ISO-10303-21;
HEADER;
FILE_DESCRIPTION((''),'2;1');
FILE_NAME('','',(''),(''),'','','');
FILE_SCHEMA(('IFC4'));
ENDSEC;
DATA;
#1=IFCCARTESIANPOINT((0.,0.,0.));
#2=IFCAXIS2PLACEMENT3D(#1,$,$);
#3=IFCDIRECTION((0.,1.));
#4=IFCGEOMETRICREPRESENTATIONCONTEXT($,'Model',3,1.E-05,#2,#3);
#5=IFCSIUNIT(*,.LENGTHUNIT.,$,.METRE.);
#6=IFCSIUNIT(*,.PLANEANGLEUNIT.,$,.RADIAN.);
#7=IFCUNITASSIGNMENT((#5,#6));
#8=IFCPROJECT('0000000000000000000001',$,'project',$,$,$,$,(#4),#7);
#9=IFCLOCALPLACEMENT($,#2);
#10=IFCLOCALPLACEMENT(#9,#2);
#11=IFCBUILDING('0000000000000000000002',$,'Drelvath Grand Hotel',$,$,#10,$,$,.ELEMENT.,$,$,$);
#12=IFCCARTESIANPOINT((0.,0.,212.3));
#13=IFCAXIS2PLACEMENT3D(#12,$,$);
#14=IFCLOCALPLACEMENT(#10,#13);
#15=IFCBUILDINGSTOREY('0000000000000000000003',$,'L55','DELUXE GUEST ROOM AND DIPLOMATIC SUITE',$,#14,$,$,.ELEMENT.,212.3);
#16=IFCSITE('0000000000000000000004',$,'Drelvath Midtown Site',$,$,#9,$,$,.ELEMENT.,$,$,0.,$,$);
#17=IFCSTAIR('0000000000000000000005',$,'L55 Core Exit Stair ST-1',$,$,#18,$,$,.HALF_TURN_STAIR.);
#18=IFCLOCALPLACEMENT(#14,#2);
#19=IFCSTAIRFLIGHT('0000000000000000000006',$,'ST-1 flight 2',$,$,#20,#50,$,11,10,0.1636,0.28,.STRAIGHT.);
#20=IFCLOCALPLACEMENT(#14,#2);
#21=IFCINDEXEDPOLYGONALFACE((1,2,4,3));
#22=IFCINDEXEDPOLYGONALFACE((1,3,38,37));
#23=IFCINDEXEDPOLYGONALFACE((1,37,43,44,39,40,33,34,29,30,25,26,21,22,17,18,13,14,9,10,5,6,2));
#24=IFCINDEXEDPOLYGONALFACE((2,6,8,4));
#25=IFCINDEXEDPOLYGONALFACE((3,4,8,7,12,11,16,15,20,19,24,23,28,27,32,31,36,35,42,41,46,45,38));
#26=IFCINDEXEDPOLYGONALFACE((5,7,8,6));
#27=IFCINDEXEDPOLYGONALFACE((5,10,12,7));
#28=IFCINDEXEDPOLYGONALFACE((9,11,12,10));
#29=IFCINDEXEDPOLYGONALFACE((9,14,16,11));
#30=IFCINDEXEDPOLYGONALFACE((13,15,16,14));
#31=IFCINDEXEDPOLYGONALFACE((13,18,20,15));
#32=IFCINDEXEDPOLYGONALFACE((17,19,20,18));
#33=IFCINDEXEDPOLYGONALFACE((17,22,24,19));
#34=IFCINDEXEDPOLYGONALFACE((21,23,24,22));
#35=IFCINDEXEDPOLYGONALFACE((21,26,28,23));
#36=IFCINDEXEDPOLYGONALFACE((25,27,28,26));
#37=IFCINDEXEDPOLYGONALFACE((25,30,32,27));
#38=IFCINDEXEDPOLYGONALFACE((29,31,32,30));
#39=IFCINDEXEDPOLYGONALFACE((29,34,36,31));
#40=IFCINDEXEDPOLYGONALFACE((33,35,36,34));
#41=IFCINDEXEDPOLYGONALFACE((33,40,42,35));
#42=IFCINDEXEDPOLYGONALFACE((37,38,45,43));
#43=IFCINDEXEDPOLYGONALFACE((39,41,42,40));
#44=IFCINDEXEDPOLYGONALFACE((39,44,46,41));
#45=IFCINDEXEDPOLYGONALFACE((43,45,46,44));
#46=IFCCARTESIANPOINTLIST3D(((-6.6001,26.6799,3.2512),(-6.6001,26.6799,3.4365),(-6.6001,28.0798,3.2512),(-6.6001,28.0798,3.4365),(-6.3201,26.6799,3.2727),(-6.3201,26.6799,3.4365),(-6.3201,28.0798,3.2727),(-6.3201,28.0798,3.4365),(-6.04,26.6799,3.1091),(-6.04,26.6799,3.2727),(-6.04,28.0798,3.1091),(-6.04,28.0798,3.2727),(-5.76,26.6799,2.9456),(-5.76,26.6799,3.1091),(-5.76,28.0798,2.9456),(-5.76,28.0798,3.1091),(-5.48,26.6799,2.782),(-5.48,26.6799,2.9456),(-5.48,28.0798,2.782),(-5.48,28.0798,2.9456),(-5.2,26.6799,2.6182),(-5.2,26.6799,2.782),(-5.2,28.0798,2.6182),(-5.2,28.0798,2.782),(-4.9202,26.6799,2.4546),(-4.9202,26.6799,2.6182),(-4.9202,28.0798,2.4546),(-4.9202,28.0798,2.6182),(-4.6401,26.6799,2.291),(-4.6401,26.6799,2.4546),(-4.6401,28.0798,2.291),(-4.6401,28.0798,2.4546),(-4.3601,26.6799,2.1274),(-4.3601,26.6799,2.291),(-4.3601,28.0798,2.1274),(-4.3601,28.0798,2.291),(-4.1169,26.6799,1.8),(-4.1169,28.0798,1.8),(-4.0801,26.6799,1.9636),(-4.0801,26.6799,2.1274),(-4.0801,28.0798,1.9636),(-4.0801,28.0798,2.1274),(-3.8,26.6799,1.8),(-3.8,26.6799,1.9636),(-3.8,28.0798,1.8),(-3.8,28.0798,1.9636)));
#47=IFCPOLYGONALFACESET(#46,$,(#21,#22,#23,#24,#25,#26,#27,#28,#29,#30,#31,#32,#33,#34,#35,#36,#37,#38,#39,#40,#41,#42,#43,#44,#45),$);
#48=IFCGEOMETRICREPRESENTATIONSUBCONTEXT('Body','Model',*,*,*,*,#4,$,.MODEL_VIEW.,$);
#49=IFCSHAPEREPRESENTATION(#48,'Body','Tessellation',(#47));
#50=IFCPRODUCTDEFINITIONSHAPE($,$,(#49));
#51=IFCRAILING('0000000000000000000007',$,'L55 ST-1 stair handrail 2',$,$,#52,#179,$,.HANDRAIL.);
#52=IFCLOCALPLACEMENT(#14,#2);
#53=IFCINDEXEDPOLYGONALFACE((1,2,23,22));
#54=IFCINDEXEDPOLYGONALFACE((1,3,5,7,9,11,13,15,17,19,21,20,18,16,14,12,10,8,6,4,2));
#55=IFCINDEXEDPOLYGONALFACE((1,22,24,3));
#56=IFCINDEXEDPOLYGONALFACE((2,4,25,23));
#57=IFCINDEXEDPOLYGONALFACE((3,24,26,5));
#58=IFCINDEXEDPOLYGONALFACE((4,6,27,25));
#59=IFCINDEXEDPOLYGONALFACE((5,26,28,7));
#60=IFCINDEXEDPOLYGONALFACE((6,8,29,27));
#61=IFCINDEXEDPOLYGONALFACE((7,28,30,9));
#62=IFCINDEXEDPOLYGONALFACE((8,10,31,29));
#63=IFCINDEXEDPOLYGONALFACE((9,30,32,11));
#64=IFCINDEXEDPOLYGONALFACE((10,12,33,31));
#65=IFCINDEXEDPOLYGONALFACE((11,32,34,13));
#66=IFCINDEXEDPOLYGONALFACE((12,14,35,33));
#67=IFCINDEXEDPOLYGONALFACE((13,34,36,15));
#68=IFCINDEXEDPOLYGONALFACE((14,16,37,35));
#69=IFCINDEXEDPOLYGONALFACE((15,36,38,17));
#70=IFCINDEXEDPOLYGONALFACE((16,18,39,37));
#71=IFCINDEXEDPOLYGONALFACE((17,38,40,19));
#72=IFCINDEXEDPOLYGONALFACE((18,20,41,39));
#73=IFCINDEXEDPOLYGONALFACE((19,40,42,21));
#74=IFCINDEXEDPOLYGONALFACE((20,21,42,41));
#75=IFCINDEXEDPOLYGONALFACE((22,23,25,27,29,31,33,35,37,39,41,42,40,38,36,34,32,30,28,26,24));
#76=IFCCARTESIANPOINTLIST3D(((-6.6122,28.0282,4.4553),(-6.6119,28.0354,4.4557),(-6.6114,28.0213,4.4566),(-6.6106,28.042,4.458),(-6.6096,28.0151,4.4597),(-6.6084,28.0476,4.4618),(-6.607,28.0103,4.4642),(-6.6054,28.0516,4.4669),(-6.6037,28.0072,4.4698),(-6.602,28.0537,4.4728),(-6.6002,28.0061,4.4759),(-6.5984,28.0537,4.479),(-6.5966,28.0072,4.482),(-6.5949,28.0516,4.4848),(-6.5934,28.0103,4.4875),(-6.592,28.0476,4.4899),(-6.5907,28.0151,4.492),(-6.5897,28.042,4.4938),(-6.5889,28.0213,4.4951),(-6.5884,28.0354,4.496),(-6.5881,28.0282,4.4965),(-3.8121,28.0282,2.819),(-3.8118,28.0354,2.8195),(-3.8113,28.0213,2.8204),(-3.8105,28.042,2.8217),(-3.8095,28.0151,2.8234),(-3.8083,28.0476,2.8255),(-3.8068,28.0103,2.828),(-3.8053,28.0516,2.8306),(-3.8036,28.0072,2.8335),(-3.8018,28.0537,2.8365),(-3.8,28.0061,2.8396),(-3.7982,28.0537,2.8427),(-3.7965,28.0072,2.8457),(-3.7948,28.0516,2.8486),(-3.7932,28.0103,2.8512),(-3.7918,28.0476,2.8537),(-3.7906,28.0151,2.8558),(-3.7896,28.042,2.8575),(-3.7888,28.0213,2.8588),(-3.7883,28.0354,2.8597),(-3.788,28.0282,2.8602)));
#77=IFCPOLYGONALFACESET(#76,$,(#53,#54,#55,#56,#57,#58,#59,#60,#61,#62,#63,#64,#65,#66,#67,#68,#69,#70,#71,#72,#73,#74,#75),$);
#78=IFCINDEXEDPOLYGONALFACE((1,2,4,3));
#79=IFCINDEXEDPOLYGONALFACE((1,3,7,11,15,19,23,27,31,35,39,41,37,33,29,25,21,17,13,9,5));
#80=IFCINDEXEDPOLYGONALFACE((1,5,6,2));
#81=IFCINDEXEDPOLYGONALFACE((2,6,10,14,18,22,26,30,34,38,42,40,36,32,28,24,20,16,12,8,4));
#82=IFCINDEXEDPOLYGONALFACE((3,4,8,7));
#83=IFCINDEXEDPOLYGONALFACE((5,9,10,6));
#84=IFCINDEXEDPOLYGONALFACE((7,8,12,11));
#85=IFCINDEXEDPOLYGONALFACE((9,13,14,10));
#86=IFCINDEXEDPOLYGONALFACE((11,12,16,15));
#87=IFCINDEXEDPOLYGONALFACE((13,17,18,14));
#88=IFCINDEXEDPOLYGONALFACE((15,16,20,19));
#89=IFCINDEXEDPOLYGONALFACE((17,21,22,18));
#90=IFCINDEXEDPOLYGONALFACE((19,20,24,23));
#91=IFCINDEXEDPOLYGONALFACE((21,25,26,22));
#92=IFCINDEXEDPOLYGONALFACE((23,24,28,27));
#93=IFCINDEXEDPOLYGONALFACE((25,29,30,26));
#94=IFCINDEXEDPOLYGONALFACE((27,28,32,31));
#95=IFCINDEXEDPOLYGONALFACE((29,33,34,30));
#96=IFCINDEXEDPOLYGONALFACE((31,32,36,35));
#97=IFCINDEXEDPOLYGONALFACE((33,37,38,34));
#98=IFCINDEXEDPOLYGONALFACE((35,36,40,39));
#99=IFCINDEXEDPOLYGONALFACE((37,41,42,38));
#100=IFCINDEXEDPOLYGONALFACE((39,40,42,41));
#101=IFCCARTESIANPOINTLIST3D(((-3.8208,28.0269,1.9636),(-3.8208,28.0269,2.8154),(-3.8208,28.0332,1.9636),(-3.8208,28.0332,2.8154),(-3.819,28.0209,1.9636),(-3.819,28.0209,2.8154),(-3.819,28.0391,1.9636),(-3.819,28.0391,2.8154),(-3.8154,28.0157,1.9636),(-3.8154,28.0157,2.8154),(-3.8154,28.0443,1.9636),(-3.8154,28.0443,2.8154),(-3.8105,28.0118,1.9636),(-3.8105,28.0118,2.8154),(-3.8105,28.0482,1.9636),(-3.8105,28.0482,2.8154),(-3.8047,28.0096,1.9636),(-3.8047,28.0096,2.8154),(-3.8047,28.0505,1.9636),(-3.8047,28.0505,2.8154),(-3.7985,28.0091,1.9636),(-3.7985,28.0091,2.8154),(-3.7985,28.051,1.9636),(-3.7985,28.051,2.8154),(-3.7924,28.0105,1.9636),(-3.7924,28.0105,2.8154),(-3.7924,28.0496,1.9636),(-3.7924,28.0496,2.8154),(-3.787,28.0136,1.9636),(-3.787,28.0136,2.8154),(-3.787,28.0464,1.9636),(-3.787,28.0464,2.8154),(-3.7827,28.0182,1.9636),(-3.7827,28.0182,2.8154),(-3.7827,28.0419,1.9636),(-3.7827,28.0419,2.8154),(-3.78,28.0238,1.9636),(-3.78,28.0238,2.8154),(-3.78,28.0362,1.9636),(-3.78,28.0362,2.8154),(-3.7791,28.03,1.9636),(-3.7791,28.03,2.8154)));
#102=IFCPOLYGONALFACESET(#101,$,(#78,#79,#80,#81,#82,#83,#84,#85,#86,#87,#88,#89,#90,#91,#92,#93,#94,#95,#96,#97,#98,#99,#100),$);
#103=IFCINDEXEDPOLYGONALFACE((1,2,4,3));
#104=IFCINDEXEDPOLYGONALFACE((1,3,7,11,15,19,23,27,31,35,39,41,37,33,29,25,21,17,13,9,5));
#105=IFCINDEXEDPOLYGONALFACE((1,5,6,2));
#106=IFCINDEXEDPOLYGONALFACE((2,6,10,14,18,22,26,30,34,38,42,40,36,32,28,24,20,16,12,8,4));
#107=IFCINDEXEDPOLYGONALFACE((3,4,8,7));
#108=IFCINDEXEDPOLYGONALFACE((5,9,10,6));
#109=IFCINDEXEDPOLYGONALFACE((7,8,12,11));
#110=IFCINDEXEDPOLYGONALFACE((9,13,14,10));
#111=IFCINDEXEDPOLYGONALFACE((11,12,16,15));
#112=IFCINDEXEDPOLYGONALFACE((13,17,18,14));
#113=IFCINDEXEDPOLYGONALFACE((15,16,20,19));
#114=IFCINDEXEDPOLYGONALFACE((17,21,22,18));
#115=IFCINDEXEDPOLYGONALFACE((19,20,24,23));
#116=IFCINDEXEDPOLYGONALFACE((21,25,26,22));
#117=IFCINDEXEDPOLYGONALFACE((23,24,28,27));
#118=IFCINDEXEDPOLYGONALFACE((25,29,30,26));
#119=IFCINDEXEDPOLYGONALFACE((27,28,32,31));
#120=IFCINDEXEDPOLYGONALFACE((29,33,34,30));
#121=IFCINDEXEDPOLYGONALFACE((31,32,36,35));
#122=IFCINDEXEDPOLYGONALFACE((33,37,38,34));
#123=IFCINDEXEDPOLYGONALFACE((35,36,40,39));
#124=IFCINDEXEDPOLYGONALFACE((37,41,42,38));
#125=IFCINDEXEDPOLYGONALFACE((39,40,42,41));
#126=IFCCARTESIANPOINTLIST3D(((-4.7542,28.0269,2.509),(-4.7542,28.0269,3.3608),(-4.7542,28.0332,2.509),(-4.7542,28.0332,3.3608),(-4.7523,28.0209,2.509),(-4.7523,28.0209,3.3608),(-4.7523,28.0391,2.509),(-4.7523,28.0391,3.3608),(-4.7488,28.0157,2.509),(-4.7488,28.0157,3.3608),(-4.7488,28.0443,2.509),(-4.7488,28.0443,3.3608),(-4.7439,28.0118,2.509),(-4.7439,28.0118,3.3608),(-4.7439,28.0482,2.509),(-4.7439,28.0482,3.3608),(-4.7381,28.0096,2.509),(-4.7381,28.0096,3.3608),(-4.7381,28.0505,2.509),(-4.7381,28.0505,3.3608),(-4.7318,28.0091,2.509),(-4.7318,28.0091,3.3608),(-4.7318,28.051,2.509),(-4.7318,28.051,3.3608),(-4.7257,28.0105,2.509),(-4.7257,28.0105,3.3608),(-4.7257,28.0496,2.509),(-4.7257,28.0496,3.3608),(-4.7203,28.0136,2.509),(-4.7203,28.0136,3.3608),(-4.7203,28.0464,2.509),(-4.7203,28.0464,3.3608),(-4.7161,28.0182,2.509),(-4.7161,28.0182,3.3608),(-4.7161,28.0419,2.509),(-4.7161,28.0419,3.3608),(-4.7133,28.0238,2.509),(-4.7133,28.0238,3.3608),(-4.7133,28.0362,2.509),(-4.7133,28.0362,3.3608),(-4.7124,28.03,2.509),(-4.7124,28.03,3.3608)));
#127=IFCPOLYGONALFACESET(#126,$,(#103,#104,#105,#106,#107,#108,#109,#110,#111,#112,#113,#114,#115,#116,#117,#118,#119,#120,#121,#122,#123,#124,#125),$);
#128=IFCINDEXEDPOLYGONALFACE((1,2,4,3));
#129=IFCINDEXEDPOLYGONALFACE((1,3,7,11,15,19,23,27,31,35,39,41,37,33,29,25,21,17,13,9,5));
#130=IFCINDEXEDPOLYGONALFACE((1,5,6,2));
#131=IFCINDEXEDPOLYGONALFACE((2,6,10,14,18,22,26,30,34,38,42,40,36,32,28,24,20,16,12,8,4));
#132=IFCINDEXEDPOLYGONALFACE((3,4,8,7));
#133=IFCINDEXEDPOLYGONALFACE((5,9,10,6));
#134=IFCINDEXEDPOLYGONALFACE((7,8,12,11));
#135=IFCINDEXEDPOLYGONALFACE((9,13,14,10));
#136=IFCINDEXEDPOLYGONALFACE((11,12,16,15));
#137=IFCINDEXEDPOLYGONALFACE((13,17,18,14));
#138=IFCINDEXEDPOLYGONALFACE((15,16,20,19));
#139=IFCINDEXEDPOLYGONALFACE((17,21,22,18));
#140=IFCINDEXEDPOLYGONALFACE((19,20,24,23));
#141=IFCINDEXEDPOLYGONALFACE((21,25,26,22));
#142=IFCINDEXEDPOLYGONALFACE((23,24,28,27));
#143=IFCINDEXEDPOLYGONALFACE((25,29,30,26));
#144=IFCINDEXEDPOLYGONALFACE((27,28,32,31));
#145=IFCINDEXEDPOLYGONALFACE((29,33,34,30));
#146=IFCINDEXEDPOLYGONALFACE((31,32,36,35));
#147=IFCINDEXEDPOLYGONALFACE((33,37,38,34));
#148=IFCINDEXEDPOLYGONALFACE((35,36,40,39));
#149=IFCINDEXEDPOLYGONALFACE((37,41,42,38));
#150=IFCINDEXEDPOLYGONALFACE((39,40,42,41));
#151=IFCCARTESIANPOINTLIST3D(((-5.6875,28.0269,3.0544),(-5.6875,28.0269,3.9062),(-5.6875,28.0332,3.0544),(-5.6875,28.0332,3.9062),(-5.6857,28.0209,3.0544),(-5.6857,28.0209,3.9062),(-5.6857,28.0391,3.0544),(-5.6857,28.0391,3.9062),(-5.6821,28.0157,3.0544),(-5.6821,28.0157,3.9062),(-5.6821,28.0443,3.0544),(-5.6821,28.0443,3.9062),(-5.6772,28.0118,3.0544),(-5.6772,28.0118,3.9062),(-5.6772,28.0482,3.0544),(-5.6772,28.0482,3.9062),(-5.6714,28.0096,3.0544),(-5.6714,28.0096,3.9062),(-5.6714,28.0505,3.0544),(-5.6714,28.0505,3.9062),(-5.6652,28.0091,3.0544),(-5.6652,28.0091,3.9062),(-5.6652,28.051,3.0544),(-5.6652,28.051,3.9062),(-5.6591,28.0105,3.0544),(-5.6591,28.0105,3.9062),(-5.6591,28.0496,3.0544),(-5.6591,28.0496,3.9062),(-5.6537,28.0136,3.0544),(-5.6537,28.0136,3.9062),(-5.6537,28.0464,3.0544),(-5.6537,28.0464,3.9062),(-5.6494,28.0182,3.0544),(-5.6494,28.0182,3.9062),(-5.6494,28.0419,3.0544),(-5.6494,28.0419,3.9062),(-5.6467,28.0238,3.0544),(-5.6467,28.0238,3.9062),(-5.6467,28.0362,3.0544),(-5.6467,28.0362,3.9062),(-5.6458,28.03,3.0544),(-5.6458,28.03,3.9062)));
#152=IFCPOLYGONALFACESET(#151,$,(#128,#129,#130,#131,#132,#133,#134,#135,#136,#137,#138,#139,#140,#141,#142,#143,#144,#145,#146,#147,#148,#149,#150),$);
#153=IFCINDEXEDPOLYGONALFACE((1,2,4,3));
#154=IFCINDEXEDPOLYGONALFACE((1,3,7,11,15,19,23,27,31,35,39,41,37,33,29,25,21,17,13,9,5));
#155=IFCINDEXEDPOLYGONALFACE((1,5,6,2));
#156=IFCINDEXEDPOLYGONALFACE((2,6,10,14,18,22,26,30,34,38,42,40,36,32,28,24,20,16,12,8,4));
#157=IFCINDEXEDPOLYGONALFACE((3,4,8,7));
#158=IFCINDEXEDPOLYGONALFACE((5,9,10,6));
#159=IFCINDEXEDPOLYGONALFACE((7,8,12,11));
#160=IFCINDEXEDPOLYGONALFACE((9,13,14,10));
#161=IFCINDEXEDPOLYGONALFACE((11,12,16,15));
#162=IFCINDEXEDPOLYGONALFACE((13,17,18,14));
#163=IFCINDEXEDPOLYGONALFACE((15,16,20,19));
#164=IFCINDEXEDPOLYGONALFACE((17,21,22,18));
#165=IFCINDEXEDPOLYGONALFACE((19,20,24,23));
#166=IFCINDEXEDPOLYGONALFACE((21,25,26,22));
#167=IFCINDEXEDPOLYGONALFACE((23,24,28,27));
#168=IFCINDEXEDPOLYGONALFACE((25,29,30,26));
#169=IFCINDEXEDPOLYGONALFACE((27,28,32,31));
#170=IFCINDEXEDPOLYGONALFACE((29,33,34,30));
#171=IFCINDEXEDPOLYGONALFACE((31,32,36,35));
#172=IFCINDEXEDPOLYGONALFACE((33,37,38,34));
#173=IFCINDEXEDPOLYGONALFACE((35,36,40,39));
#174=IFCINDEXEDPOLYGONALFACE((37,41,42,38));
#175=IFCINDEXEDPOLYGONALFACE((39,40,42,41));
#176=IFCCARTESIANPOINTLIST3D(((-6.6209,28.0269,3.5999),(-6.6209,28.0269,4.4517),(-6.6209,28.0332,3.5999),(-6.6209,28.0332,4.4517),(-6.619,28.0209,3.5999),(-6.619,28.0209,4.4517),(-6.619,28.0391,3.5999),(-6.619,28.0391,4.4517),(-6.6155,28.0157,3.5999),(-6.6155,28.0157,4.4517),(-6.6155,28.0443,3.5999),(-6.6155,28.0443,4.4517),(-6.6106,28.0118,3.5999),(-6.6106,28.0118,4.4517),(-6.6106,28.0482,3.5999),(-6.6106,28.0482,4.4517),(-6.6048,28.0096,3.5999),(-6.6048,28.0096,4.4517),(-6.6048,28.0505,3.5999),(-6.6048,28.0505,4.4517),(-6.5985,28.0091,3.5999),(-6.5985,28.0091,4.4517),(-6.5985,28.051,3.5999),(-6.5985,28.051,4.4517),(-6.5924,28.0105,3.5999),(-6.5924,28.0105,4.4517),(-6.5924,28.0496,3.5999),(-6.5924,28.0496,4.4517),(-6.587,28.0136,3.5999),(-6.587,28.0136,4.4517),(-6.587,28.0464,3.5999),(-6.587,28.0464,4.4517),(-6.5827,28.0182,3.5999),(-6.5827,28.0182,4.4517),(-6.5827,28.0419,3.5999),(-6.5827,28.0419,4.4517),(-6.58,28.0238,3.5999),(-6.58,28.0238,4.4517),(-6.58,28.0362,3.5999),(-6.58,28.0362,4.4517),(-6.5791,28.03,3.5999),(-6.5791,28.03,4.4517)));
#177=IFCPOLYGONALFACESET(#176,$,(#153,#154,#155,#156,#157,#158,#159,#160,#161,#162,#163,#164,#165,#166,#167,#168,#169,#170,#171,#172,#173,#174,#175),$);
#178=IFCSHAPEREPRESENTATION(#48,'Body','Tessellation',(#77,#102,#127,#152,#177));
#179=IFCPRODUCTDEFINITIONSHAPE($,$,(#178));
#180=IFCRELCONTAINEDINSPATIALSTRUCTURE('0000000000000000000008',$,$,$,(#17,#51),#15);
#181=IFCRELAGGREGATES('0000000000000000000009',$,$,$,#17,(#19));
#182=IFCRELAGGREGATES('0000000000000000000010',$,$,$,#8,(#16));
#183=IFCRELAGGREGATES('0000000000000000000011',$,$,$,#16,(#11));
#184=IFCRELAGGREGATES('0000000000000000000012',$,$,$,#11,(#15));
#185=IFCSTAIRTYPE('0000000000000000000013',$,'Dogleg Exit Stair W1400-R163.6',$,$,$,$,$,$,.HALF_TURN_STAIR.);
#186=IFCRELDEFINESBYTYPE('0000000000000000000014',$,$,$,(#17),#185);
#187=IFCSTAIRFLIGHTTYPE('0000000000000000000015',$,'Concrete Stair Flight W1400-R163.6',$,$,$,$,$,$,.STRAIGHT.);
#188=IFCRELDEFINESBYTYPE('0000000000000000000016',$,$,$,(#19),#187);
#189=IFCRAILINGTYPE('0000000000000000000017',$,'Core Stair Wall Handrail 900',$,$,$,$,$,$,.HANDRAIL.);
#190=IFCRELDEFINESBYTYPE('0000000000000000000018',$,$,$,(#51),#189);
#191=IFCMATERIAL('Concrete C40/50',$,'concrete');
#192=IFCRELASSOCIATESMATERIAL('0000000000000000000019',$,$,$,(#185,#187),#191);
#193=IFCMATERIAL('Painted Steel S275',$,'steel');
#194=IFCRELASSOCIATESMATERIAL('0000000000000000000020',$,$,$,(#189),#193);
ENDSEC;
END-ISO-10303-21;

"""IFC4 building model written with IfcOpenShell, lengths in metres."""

from ifc_helpers import new_model, si_unit, direction, frame, origin, origin_2d, place, context, subcontext, project, spatial, polyline, circle, outline, extrude, material, type_object, element, aggregate, save


model = new_model("IFC4")

# Units and contexts
model_context = context("Model", 3, precision=1e-05, world=origin(), true_north=direction((0.0, 1.0)))
body_context = subcontext(model_context, "Body", "Model", "MODEL_VIEW")
ifc_project = project(units=[si_unit("LENGTHUNIT", "METRE"), si_unit("PLANEANGLEUNIT", "RADIAN")], contexts=[model_context])

# Site, building, storey
site_placement = place(None, origin())
site = spatial("IfcSite", under=ifc_project, at=site_placement, Name="Drelvath Midtown Site", CompositionType="ELEMENT", RefElevation=0.0)
building_placement = place(site_placement, origin())
building = spatial("IfcBuilding", under=site, at=building_placement, Name="Drelvath Grand Hotel", CompositionType="ELEMENT")
storey_placement = place(building_placement, frame((0.0, 0.0, 212.3)))
storey = spatial("IfcBuildingStorey", under=building, at=storey_placement, Name="L55", Description="DELUXE GUEST ROOM AND DIPLOMATIC SUITE", CompositionType="ELEMENT", Elevation=212.3)

# Shared definitions
ifc_material_1 = material(Name="Painted Steel S275", Category="steel")

# Shared definitions
ifc_material_2 = material(Name="Concrete C40/50", Category="concrete")

# Stair, stair flight
stair_type = type_object("IfcStairType", Name="Dogleg Exit Stair W1400-R163.6", PredefinedType="HALF_TURN_STAIR", material=ifc_material_2)
stair_placement = place(storey_placement, origin())
stair = element("IfcStair", 1, at=stair_placement, inside=storey, type_object=stair_type, Name="L55 Core Exit Stair ST-1", PredefinedType="HALF_TURN_STAIR")
stair_flight_type = type_object("IfcStairFlightType", Name="Concrete Stair Flight W1400-R163.6", PredefinedType="STRAIGHT", material=ifc_material_2)
stair_flight_placement = place(storey_placement, frame((-3.8, 27.3799, 1.8), z_axis=(0.0, 0.0, 1.0), x_axis=(-1.0, 0.0, 0.0)))
stair_flight = element("IfcStairFlight", 2, at=stair_flight_placement, type_object=stair_flight_type, Name="ST-1 flight 2", NumberOfRisers=11, NumberOfTreads=10, PredefinedType="STRAIGHT", RiserHeight=0.1636, TreadLength=0.28, context=body_context, shape_type="SweptSolid", body=[
    extrude(outline(polyline([(0.0, 0.0), (0.0, 0.1636), (0.28, 0.1636), (0.28, 0.3274), (0.5601, 0.3274), (0.5601, 0.491), (0.8401, 0.491), (0.8401, 0.6545), (1.1201, 0.6545), (1.1201, 0.8181), (1.3999, 0.8181), (1.3999, 0.9819), (1.6799, 0.9819), (1.6799, 1.1455), (1.96, 1.1455), (1.96, 1.3091), (2.24, 1.3091), (2.24, 1.4727), (2.52, 1.4727), (2.52, 1.6365), (2.8, 1.6365), (2.8, 1.8), (2.8, 1.4512), (0.3169, 0.0), (0.0, 0.0)])), frame((0.0, 0.7, 0.0), z_axis=(0.0, -1.0, 0.0), x_axis=(1.0, 0.0, 0.0)), (0.0, 0.0, 1.0), 1.3999),
])
aggregate(stair, [stair_flight])

# Railing
railing_type = type_object("IfcRailingType", Name="Core Stair Wall Handrail 900", PredefinedType="HANDRAIL", material=ifc_material_1)
railing_placement = place(storey_placement, frame((-3.8, 28.03, 1.9636)))
element("IfcRailing", 3, at=railing_placement, inside=storey, type_object=railing_type, Name="L55 ST-1 stair handrail 2", PredefinedType="HANDRAIL", context=body_context, shape_type="SweptSolid", body=[
    extrude(circle(Radius=0.0239, at=origin_2d()), frame((0.0, 0.0, 0.876), z_axis=(-0.863394, 0.0, 0.504531), x_axis=(0.0, -1.0, 0.0)), (0.0, 0.0, 1.0), 3.2432),
    extrude(circle(Radius=0.021, at=origin_2d()), origin(), (0.0, 0.0, 1.0), 0.8518),
    extrude(circle(Radius=0.021, at=origin_2d()), frame((-0.9333, 0.0, 0.5454)), (0.0, 0.0, 1.0), 0.8518),
    extrude(circle(Radius=0.021, at=origin_2d()), frame((-1.8667, 0.0, 1.0908)), (0.0, 0.0, 1.0), 0.8518),
    extrude(circle(Radius=0.021, at=origin_2d()), frame((-2.8, 0.0, 1.6362)), (0.0, 0.0, 1.0), 0.8518),
])

save(model, "model.ifc")
